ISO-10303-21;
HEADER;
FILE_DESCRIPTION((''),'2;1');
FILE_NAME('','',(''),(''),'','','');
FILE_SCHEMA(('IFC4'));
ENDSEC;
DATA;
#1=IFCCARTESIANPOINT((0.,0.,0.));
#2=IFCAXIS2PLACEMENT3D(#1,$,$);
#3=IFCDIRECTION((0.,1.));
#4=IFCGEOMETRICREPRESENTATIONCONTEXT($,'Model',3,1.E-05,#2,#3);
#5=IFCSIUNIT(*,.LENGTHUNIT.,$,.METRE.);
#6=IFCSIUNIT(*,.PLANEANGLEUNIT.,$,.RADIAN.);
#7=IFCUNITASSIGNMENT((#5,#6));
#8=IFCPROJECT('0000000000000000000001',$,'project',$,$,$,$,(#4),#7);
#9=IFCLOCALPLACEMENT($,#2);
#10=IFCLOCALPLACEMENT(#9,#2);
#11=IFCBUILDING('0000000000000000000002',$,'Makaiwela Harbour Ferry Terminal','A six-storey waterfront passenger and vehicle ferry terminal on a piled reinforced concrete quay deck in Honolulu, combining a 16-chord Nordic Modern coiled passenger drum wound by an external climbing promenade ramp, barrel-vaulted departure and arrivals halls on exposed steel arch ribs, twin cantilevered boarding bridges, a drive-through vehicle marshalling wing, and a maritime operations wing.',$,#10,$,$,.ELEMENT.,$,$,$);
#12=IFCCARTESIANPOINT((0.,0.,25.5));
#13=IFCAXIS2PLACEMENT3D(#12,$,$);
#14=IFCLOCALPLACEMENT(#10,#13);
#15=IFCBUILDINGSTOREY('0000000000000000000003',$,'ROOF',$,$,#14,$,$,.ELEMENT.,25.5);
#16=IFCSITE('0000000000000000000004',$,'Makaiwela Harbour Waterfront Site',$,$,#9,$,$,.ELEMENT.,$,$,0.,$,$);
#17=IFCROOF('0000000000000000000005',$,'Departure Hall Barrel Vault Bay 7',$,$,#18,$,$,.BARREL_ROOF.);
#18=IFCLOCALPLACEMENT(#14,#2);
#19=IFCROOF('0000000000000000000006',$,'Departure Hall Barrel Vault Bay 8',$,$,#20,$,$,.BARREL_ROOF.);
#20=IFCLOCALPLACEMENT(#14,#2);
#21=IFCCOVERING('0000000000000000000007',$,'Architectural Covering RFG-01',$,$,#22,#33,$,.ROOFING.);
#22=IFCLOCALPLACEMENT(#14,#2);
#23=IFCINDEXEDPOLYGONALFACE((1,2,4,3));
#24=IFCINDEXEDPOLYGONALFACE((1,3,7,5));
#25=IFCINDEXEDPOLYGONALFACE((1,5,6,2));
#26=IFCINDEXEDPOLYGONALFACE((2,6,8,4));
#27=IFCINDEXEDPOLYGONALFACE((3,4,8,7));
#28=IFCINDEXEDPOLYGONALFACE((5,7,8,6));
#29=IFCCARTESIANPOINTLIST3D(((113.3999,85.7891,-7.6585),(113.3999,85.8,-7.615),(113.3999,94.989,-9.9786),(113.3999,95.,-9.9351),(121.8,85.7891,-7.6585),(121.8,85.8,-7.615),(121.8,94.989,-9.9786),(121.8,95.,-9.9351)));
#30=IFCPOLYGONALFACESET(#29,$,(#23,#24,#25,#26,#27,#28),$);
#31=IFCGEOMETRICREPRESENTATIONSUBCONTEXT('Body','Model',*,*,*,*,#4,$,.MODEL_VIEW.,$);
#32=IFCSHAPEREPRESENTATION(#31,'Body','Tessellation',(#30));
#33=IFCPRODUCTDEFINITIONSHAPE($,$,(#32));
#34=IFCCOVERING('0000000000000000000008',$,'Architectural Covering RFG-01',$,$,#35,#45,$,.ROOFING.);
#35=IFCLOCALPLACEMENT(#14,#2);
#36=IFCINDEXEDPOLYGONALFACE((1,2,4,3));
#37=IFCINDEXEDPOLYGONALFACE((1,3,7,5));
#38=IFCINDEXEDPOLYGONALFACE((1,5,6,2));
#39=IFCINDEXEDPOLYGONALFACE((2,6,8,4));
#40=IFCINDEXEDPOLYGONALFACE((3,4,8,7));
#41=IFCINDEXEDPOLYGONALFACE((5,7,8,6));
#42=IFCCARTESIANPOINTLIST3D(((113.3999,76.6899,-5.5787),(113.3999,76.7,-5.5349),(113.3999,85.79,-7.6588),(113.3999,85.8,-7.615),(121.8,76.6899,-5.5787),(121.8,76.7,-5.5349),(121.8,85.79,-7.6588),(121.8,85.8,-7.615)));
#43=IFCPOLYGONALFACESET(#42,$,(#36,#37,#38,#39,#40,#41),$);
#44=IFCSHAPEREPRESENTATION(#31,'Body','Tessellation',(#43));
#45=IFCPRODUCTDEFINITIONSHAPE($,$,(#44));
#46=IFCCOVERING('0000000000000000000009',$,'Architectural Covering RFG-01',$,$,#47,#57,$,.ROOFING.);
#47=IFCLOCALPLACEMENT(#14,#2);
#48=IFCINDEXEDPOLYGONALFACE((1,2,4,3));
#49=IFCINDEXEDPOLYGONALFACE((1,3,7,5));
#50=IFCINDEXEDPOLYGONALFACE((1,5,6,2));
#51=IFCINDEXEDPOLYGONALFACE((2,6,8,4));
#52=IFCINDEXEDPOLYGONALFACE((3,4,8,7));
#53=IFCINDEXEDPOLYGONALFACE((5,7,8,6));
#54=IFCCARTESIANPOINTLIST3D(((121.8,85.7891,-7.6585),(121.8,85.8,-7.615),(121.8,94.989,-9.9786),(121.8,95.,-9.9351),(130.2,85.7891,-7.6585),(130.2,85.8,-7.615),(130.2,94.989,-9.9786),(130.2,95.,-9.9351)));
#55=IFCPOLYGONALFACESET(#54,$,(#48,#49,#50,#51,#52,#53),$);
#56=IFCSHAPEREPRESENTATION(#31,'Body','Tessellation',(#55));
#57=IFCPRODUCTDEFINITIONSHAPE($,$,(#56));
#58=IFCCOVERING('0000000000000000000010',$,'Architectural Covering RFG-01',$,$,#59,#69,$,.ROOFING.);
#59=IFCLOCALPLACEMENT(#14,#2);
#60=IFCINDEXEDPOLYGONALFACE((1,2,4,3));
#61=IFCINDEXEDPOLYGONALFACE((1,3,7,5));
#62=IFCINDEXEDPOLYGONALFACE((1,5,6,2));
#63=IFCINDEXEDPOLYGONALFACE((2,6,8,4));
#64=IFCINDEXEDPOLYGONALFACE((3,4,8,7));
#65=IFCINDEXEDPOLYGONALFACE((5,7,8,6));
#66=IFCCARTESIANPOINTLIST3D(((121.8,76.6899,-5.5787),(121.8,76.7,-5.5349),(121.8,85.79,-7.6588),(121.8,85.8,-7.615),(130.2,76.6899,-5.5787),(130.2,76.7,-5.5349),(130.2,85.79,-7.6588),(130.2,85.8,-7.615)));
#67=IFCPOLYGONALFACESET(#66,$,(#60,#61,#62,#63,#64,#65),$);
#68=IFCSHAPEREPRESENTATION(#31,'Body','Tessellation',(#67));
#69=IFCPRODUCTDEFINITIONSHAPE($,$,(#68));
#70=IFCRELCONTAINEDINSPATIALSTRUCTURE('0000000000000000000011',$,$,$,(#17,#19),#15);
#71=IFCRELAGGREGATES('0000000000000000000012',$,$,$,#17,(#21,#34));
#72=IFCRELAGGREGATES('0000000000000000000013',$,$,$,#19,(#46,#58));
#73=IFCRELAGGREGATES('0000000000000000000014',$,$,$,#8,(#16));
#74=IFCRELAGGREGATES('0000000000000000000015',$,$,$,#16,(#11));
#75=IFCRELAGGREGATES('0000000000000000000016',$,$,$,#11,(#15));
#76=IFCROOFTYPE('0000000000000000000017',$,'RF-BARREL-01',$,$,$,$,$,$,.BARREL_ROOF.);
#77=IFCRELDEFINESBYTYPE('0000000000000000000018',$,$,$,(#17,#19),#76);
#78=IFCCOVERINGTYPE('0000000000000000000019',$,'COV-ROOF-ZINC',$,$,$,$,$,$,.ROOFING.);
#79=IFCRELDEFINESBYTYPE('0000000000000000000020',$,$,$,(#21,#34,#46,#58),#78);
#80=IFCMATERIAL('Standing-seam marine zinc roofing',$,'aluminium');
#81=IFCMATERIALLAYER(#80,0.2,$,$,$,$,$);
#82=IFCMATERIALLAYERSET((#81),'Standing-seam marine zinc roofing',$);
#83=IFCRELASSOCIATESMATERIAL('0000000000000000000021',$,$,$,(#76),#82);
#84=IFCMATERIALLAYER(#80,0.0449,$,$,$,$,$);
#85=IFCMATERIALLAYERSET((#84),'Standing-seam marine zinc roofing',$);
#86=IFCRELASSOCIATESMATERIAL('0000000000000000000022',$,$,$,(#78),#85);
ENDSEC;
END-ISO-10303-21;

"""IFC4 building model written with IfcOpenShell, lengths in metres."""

from ifc_helpers import new_model, si_unit, direction, frame, origin, place, context, subcontext, project, spatial, polyline, outline, extrude, material, layer, layer_set, type_object, element, aggregate, save


model = new_model("IFC4")

# Units and contexts
model_context = context("Model", 3, precision=1e-05, world=origin(), true_north=direction((0.0, 1.0)))
body_context = subcontext(model_context, "Body", "Model", "MODEL_VIEW")
ifc_project = project(units=[si_unit("LENGTHUNIT", "METRE"), si_unit("PLANEANGLEUNIT", "RADIAN")], contexts=[model_context])

# Site, building, storey
site_placement = place(None, origin())
site = spatial("IfcSite", under=ifc_project, at=site_placement, Name="Makaiwela Harbour Waterfront Site", CompositionType="ELEMENT", RefElevation=0.0)
building_placement = place(site_placement, origin())
building = spatial("IfcBuilding", under=site, at=building_placement, Name="Makaiwela Harbour Ferry Terminal", Description="A six-storey waterfront passenger and vehicle ferry terminal on a piled reinforced concrete quay deck in Honolulu, combining a 16-chord Nordic Modern coiled passenger drum wound by an external climbing promenade ramp, barrel-vaulted departure and arrivals halls on exposed steel arch ribs, twin cantilevered boarding bridges, a drive-through vehicle marshalling wing, and a maritime operations wing.", CompositionType="ELEMENT")
storey_placement = place(building_placement, frame((0.0, 0.0, 25.5)))
storey = spatial("IfcBuildingStorey", under=building, at=storey_placement, Name="ROOF", CompositionType="ELEMENT", Elevation=25.5)

# Roofs
ifc_material_1 = material(Name="Standing-seam marine zinc roofing", Category="aluminium")
ifc_layer_1 = layer(ifc_material_1, 0.2)
ifc_layer_set_1 = layer_set([ifc_layer_1], Name="Standing-seam marine zinc roofing")
roof_type = type_object("IfcRoofType", Name="RF-BARREL-01", PredefinedType="BARREL_ROOF", material=ifc_layer_set_1)
roof_1_placement = place(storey_placement, origin())
roof_1 = element("IfcRoof", 1, at=roof_1_placement, inside=storey, type_object=roof_type, Name="Departure Hall Barrel Vault Bay 7", PredefinedType="BARREL_ROOF")
roof_2_placement = place(storey_placement, origin())
roof_2 = element("IfcRoof", 2, at=roof_2_placement, inside=storey, type_object=roof_type, Name="Departure Hall Barrel Vault Bay 8", PredefinedType="BARREL_ROOF")

# Shared definitions
ifc_layer_2 = layer(ifc_material_1, 0.0449)
ifc_layer_set_2 = layer_set([ifc_layer_2], Name="Standing-seam marine zinc roofing")
covering_type = type_object("IfcCoveringType", Name="COV-ROOF-ZINC", PredefinedType="ROOFING", material=ifc_layer_set_2)

# Coverings
covering_1_placement = place(storey_placement, frame((113.3999, 85.8, -7.615), z_axis=(0.0, 0.244527, 0.969642), x_axis=(1.0, 0.0, 0.0)))
covering_1 = element("IfcCovering", 3, at=covering_1_placement, type_object=covering_type, Name="Architectural Covering RFG-01", PredefinedType="ROOFING", context=body_context, shape_type="SweptSolid", body=[
    extrude(outline(polyline([(0.0, 0.0), (8.4001, 0.0), (8.4001, 9.488), (0.0, 9.488), (0.0, 0.0)])), origin(), (0.0, 0.0, -1.0), 0.0449),
])
covering_2_placement = place(storey_placement, frame((113.3999, 76.7, -5.5349), z_axis=(0.0, 0.22283, 0.974857), x_axis=(1.0, 0.0, 0.0)))
covering_2 = element("IfcCovering", 4, at=covering_2_placement, type_object=covering_type, Name="Architectural Covering RFG-01", PredefinedType="ROOFING", context=body_context, shape_type="SweptSolid", body=[
    extrude(outline(polyline([(0.0, 0.0), (8.4001, 0.0), (8.4001, 9.3348), (0.0, 9.3348), (0.0, 0.0)])), origin(), (0.0, 0.0, -1.0), 0.0449),
])
aggregate(roof_1, [covering_1, covering_2])
covering_3_placement = place(storey_placement, frame((121.8, 85.8, -7.615), z_axis=(0.0, 0.244527, 0.969642), x_axis=(1.0, 0.0, 0.0)))
covering_3 = element("IfcCovering", 5, at=covering_3_placement, type_object=covering_type, Name="Architectural Covering RFG-01", PredefinedType="ROOFING", context=body_context, shape_type="SweptSolid", body=[
    extrude(outline(polyline([(0.0, 0.0), (8.3999, 0.0), (8.3999, 9.488), (0.0, 9.488), (0.0, 0.0)])), origin(), (0.0, 0.0, -1.0), 0.0449),
])
covering_4_placement = place(storey_placement, frame((121.8, 76.7, -5.5349), z_axis=(0.0, 0.22283, 0.974857), x_axis=(1.0, 0.0, 0.0)))
covering_4 = element("IfcCovering", 6, at=covering_4_placement, type_object=covering_type, Name="Architectural Covering RFG-01", PredefinedType="ROOFING", context=body_context, shape_type="SweptSolid", body=[
    extrude(outline(polyline([(0.0, 0.0), (8.3999, 0.0), (8.3999, 9.3348), (0.0, 9.3348), (0.0, 0.0)])), origin(), (0.0, 0.0, -1.0), 0.0449),
])
aggregate(roof_2, [covering_3, covering_4])

save(model, "model.ifc")
